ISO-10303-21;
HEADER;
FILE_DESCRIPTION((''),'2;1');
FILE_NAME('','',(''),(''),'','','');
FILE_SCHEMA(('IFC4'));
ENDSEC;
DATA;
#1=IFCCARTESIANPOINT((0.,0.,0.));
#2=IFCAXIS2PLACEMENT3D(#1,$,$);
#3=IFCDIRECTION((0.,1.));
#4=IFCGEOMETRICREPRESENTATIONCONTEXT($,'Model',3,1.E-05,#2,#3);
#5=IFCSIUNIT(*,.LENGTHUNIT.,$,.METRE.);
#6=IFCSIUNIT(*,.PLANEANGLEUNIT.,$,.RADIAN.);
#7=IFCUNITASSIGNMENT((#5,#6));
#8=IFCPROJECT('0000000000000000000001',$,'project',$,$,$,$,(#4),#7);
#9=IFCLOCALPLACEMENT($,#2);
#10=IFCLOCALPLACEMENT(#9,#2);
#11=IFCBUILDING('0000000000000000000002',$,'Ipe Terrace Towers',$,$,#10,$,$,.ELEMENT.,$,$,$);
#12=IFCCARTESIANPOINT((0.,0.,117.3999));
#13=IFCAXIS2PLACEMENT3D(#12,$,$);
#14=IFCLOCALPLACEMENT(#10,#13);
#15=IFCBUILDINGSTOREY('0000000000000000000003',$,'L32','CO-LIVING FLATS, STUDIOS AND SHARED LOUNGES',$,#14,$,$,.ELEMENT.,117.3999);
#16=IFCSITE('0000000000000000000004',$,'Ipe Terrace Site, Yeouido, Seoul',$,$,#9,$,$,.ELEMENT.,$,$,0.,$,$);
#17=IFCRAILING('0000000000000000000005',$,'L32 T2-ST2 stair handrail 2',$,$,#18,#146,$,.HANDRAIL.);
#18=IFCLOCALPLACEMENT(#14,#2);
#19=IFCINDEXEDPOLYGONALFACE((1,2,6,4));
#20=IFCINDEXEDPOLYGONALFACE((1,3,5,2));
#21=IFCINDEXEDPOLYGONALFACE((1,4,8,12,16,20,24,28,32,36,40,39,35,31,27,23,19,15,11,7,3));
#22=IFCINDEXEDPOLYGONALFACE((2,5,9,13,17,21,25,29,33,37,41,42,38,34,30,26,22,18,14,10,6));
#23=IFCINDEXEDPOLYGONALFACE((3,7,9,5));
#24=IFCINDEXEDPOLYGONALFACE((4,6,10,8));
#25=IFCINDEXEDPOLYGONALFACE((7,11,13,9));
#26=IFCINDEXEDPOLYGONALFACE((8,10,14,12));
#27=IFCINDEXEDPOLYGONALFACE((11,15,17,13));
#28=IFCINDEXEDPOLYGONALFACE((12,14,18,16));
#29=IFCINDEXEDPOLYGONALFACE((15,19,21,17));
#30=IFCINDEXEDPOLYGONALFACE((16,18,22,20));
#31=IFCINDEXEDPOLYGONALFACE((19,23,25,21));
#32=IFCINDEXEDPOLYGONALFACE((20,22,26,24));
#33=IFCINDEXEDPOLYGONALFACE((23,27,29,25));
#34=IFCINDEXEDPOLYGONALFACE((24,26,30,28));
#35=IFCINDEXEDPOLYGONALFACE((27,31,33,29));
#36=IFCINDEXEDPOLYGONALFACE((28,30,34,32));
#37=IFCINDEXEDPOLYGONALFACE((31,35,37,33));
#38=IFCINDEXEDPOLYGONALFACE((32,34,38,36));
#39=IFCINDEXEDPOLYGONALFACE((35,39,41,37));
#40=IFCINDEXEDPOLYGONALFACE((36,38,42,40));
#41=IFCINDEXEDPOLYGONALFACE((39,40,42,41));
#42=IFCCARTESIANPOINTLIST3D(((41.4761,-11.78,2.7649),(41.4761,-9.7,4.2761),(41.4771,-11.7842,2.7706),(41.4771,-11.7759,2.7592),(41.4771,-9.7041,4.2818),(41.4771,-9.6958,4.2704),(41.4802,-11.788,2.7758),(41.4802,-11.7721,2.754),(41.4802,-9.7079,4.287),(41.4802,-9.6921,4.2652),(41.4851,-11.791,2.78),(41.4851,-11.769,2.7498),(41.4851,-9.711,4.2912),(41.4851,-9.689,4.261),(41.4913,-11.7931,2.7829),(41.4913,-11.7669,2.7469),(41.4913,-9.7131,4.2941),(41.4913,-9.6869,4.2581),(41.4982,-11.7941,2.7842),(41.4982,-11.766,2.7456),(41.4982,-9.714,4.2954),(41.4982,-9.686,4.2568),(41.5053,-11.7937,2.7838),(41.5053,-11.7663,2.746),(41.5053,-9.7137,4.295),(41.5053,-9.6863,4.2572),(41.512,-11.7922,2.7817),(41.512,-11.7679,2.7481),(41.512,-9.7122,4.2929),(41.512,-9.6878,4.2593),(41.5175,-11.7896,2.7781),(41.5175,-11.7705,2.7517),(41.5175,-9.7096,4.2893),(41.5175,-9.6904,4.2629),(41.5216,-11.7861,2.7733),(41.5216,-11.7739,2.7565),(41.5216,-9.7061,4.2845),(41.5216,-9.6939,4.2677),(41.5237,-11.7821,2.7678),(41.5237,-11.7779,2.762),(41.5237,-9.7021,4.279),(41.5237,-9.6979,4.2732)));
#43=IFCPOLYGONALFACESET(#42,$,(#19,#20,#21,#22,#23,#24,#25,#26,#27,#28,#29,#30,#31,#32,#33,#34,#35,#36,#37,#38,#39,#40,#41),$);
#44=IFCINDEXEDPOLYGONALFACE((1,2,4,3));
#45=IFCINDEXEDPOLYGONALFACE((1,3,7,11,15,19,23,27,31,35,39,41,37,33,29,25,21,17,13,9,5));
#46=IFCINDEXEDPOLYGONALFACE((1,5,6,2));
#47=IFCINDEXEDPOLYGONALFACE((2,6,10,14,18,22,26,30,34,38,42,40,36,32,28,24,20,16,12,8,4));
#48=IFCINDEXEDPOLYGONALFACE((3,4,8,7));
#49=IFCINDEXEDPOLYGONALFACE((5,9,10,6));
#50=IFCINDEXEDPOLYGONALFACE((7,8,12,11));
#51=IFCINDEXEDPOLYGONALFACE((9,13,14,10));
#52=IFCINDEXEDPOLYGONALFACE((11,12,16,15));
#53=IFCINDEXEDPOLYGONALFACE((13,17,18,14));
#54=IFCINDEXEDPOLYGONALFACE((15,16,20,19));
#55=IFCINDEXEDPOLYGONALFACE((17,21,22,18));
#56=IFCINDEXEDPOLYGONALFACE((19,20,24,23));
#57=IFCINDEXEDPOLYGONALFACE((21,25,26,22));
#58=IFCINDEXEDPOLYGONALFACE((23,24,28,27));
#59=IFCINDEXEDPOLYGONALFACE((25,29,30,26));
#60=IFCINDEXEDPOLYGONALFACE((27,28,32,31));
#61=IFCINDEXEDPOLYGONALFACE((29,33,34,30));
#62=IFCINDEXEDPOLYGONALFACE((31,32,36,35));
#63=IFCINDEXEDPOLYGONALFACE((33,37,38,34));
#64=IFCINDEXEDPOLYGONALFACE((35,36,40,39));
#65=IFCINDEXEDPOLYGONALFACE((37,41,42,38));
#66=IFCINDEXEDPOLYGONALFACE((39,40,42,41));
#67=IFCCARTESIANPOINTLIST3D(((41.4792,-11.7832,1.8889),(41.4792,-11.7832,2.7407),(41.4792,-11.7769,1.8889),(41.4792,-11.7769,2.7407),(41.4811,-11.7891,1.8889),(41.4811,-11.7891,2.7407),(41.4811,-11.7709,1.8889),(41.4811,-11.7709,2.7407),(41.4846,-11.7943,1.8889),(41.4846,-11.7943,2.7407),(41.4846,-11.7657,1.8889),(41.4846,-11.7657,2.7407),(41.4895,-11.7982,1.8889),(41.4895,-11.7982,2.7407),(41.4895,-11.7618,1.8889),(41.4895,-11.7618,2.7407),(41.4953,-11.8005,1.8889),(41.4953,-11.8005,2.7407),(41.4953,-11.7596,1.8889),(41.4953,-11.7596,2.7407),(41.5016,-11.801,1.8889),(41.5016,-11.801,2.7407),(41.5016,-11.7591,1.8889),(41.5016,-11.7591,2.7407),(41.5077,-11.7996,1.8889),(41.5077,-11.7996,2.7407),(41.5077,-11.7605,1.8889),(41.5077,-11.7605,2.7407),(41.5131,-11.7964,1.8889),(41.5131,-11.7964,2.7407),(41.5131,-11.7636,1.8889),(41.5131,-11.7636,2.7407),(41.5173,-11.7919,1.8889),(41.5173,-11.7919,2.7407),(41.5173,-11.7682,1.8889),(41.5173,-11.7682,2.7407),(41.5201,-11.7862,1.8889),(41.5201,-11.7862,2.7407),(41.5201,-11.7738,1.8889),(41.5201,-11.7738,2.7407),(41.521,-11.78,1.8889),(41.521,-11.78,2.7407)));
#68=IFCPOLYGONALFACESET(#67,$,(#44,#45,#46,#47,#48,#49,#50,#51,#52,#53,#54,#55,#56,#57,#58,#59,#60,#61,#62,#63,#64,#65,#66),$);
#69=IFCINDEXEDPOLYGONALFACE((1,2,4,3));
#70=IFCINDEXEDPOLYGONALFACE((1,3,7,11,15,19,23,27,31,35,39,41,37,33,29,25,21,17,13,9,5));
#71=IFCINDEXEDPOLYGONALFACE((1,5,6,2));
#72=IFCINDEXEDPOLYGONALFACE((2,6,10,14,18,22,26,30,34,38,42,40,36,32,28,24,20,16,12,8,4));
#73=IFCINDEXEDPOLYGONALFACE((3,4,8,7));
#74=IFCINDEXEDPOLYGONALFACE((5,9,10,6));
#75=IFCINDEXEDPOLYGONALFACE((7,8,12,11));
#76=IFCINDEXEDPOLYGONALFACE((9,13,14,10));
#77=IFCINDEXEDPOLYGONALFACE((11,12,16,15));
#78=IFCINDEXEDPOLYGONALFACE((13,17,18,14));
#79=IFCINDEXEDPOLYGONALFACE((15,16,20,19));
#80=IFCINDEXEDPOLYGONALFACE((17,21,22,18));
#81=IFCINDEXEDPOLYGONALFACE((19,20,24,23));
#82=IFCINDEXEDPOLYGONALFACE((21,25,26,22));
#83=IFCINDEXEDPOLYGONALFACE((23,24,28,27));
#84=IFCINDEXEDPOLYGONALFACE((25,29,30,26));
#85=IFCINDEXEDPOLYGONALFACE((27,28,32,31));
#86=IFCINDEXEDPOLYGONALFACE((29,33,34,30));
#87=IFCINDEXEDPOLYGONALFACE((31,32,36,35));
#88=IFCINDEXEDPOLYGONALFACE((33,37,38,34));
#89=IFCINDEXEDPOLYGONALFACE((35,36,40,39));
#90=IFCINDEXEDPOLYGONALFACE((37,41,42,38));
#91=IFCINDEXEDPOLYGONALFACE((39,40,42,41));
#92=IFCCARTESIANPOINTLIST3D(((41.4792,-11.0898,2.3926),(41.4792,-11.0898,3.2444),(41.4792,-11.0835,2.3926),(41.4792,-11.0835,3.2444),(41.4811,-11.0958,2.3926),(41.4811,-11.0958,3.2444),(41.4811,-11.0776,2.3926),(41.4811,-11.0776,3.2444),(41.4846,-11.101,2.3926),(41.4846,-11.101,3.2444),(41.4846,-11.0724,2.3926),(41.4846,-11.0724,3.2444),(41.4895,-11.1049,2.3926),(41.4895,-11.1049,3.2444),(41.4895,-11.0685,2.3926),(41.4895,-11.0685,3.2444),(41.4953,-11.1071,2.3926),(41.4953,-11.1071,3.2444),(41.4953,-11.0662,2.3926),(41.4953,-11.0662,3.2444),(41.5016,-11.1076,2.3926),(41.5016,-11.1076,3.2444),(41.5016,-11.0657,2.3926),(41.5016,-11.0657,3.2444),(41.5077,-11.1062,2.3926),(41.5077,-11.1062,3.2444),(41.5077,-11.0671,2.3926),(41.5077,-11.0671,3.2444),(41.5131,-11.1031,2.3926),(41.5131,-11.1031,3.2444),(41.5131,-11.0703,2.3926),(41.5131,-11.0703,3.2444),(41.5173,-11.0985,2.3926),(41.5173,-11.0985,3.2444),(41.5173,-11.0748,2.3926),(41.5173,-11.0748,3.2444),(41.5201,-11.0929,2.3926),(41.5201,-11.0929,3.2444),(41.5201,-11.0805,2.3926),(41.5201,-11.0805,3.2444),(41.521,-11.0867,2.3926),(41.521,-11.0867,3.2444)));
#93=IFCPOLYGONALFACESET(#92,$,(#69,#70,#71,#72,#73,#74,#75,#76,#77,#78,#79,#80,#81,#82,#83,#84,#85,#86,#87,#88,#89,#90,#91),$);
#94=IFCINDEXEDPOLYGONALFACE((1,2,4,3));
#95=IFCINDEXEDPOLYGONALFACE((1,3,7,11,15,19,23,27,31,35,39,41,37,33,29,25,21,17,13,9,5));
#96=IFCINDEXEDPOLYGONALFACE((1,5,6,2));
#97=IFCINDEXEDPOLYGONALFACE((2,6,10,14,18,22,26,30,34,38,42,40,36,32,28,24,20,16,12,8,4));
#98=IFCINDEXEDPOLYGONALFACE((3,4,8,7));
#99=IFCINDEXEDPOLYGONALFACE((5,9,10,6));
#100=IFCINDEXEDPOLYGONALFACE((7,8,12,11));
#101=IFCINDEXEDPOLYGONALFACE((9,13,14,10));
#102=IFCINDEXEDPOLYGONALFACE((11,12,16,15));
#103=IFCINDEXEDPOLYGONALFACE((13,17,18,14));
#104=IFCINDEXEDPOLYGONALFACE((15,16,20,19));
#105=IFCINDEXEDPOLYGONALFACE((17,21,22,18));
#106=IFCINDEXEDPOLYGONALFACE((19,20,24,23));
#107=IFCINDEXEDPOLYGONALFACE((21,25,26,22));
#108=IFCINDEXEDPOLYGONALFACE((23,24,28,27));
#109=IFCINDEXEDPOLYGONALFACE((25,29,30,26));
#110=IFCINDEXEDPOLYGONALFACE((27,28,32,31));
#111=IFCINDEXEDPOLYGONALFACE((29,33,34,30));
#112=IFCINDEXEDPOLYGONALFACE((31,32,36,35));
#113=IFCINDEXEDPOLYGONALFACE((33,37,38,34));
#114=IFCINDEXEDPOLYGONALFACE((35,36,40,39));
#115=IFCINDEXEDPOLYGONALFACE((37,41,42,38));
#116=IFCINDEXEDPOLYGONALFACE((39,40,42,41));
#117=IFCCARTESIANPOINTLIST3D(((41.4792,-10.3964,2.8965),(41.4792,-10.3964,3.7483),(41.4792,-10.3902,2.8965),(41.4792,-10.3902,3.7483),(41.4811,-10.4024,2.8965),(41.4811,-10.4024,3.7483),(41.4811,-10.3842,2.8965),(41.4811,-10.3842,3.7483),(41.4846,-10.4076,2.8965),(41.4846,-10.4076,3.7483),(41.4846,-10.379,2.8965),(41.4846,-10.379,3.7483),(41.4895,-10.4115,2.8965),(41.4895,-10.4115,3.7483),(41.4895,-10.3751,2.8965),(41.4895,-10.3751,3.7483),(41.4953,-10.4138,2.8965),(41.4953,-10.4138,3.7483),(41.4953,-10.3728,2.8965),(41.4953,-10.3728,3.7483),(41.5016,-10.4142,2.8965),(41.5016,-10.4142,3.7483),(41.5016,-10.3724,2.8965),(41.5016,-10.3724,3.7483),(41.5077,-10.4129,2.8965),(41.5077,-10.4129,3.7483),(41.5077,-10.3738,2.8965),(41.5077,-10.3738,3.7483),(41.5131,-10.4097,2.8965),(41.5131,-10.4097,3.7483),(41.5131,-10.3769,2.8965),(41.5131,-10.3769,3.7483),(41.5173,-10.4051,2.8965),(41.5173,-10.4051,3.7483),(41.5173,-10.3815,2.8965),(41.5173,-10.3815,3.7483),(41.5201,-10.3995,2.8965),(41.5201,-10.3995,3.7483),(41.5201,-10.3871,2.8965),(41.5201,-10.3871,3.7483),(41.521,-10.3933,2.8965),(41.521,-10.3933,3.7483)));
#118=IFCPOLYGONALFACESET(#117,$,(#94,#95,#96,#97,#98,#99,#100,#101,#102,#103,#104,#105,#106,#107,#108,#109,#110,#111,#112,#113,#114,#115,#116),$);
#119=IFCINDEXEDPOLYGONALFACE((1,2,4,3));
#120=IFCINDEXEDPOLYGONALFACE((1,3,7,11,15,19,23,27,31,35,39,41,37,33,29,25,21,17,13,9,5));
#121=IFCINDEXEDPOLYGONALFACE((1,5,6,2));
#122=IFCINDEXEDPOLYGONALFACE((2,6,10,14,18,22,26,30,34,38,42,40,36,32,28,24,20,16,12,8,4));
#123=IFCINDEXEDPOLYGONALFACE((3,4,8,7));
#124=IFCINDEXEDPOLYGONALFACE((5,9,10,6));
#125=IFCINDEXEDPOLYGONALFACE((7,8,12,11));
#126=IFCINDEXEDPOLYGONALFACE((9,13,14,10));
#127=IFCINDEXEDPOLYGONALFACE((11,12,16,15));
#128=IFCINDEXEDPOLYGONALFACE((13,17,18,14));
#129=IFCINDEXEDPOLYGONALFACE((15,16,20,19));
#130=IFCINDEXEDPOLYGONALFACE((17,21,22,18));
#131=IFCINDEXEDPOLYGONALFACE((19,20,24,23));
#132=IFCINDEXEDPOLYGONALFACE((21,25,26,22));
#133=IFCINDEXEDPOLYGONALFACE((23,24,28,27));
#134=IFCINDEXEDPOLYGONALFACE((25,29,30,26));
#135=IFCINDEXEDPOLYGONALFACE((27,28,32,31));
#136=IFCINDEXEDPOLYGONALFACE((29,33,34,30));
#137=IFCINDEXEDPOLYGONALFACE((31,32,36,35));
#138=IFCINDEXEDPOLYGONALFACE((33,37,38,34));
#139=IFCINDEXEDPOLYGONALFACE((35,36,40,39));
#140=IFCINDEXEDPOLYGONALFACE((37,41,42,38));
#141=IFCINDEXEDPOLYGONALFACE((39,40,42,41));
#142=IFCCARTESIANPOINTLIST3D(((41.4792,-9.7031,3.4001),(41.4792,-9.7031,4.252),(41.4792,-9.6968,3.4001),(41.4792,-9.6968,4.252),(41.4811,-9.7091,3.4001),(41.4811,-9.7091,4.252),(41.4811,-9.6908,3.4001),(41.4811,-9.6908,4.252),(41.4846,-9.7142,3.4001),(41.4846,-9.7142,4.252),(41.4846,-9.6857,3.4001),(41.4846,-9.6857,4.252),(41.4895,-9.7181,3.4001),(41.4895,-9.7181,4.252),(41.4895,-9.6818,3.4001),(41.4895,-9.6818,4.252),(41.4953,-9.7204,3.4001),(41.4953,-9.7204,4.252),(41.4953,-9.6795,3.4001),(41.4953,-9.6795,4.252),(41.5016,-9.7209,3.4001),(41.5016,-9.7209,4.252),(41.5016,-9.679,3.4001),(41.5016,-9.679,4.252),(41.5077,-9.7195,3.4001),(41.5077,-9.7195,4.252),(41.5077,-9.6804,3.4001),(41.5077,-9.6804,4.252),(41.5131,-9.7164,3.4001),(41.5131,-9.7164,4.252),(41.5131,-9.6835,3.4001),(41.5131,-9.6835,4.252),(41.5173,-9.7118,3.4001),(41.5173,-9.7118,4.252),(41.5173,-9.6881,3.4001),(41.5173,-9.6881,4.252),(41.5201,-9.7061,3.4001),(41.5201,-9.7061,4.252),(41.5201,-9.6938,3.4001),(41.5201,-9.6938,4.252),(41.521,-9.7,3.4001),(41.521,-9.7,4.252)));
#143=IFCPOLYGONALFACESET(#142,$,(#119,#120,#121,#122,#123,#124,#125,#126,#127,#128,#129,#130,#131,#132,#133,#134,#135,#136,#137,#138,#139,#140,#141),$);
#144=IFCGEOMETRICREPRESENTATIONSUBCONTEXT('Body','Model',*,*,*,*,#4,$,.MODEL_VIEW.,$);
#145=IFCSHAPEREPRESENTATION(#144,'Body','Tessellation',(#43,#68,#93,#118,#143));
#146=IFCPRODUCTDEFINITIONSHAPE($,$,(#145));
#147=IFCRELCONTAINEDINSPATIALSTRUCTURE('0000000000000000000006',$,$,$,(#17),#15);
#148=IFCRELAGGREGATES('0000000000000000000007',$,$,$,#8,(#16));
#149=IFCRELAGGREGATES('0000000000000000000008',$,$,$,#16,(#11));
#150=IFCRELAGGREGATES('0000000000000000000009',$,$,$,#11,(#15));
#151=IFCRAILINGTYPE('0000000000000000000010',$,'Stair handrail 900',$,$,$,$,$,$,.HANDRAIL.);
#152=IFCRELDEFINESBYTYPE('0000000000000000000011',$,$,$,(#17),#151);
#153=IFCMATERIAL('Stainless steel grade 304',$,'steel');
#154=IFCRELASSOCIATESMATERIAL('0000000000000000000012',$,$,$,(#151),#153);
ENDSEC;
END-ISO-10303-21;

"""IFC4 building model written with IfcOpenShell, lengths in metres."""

from ifc_helpers import new_model, si_unit, direction, frame, origin, origin_2d, place, context, subcontext, project, spatial, circle, extrude, material, type_object, element, save


model = new_model("IFC4")

# Units and contexts
model_context = context("Model", 3, precision=1e-05, world=origin(), true_north=direction((0.0, 1.0)))
body_context = subcontext(model_context, "Body", "Model", "MODEL_VIEW")
ifc_project = project(units=[si_unit("LENGTHUNIT", "METRE"), si_unit("PLANEANGLEUNIT", "RADIAN")], contexts=[model_context])

# Site, building, storey
site_placement = place(None, origin())
site = spatial("IfcSite", under=ifc_project, at=site_placement, Name="Ipe Terrace Site, Yeouido, Seoul", CompositionType="ELEMENT", RefElevation=0.0)
building_placement = place(site_placement, origin())
building = spatial("IfcBuilding", under=site, at=building_placement, Name="Ipe Terrace Towers", CompositionType="ELEMENT")
storey_placement = place(building_placement, frame((0.0, 0.0, 117.3999)))
storey = spatial("IfcBuildingStorey", under=building, at=storey_placement, Name="L32", Description="CO-LIVING FLATS, STUDIOS AND SHARED LOUNGES", CompositionType="ELEMENT", Elevation=117.3999)

# Railing
ifc_material_1 = material(Name="Stainless steel grade 304", Category="steel")
railing_type_1 = type_object("IfcRailingType", Name="Stair handrail 900", PredefinedType="HANDRAIL", material=ifc_material_1)
railing_1_placement = place(storey_placement, frame((41.5, -11.78, 1.8889)))
element("IfcRailing", 1, at=railing_1_placement, inside=storey, type_object=railing_type_1, Name="L32 T2-ST2 stair handrail 2", PredefinedType="HANDRAIL", context=body_context, shape_type="SweptSolid", body=[
    extrude(circle(Radius=0.0239, at=origin_2d()), frame((0.0, 0.0, 0.876), z_axis=(0.0, 0.809023, 0.587776), x_axis=(-1.0, 0.0, 0.0)), (0.0, 0.0, 1.0), 2.571),
    extrude(circle(Radius=0.021, at=origin_2d()), origin(), (0.0, 0.0, 1.0), 0.8518),
    extrude(circle(Radius=0.021, at=origin_2d()), frame((0.0, 0.6934, 0.5037)), (0.0, 0.0, 1.0), 0.8518),
    extrude(circle(Radius=0.021, at=origin_2d()), frame((0.0, 1.3867, 1.0076)), (0.0, 0.0, 1.0), 0.8518),
    extrude(circle(Radius=0.021, at=origin_2d()), frame((0.0, 2.0801, 1.5112)), (0.0, 0.0, 1.0), 0.8518),
])

save(model, "model.ifc")
